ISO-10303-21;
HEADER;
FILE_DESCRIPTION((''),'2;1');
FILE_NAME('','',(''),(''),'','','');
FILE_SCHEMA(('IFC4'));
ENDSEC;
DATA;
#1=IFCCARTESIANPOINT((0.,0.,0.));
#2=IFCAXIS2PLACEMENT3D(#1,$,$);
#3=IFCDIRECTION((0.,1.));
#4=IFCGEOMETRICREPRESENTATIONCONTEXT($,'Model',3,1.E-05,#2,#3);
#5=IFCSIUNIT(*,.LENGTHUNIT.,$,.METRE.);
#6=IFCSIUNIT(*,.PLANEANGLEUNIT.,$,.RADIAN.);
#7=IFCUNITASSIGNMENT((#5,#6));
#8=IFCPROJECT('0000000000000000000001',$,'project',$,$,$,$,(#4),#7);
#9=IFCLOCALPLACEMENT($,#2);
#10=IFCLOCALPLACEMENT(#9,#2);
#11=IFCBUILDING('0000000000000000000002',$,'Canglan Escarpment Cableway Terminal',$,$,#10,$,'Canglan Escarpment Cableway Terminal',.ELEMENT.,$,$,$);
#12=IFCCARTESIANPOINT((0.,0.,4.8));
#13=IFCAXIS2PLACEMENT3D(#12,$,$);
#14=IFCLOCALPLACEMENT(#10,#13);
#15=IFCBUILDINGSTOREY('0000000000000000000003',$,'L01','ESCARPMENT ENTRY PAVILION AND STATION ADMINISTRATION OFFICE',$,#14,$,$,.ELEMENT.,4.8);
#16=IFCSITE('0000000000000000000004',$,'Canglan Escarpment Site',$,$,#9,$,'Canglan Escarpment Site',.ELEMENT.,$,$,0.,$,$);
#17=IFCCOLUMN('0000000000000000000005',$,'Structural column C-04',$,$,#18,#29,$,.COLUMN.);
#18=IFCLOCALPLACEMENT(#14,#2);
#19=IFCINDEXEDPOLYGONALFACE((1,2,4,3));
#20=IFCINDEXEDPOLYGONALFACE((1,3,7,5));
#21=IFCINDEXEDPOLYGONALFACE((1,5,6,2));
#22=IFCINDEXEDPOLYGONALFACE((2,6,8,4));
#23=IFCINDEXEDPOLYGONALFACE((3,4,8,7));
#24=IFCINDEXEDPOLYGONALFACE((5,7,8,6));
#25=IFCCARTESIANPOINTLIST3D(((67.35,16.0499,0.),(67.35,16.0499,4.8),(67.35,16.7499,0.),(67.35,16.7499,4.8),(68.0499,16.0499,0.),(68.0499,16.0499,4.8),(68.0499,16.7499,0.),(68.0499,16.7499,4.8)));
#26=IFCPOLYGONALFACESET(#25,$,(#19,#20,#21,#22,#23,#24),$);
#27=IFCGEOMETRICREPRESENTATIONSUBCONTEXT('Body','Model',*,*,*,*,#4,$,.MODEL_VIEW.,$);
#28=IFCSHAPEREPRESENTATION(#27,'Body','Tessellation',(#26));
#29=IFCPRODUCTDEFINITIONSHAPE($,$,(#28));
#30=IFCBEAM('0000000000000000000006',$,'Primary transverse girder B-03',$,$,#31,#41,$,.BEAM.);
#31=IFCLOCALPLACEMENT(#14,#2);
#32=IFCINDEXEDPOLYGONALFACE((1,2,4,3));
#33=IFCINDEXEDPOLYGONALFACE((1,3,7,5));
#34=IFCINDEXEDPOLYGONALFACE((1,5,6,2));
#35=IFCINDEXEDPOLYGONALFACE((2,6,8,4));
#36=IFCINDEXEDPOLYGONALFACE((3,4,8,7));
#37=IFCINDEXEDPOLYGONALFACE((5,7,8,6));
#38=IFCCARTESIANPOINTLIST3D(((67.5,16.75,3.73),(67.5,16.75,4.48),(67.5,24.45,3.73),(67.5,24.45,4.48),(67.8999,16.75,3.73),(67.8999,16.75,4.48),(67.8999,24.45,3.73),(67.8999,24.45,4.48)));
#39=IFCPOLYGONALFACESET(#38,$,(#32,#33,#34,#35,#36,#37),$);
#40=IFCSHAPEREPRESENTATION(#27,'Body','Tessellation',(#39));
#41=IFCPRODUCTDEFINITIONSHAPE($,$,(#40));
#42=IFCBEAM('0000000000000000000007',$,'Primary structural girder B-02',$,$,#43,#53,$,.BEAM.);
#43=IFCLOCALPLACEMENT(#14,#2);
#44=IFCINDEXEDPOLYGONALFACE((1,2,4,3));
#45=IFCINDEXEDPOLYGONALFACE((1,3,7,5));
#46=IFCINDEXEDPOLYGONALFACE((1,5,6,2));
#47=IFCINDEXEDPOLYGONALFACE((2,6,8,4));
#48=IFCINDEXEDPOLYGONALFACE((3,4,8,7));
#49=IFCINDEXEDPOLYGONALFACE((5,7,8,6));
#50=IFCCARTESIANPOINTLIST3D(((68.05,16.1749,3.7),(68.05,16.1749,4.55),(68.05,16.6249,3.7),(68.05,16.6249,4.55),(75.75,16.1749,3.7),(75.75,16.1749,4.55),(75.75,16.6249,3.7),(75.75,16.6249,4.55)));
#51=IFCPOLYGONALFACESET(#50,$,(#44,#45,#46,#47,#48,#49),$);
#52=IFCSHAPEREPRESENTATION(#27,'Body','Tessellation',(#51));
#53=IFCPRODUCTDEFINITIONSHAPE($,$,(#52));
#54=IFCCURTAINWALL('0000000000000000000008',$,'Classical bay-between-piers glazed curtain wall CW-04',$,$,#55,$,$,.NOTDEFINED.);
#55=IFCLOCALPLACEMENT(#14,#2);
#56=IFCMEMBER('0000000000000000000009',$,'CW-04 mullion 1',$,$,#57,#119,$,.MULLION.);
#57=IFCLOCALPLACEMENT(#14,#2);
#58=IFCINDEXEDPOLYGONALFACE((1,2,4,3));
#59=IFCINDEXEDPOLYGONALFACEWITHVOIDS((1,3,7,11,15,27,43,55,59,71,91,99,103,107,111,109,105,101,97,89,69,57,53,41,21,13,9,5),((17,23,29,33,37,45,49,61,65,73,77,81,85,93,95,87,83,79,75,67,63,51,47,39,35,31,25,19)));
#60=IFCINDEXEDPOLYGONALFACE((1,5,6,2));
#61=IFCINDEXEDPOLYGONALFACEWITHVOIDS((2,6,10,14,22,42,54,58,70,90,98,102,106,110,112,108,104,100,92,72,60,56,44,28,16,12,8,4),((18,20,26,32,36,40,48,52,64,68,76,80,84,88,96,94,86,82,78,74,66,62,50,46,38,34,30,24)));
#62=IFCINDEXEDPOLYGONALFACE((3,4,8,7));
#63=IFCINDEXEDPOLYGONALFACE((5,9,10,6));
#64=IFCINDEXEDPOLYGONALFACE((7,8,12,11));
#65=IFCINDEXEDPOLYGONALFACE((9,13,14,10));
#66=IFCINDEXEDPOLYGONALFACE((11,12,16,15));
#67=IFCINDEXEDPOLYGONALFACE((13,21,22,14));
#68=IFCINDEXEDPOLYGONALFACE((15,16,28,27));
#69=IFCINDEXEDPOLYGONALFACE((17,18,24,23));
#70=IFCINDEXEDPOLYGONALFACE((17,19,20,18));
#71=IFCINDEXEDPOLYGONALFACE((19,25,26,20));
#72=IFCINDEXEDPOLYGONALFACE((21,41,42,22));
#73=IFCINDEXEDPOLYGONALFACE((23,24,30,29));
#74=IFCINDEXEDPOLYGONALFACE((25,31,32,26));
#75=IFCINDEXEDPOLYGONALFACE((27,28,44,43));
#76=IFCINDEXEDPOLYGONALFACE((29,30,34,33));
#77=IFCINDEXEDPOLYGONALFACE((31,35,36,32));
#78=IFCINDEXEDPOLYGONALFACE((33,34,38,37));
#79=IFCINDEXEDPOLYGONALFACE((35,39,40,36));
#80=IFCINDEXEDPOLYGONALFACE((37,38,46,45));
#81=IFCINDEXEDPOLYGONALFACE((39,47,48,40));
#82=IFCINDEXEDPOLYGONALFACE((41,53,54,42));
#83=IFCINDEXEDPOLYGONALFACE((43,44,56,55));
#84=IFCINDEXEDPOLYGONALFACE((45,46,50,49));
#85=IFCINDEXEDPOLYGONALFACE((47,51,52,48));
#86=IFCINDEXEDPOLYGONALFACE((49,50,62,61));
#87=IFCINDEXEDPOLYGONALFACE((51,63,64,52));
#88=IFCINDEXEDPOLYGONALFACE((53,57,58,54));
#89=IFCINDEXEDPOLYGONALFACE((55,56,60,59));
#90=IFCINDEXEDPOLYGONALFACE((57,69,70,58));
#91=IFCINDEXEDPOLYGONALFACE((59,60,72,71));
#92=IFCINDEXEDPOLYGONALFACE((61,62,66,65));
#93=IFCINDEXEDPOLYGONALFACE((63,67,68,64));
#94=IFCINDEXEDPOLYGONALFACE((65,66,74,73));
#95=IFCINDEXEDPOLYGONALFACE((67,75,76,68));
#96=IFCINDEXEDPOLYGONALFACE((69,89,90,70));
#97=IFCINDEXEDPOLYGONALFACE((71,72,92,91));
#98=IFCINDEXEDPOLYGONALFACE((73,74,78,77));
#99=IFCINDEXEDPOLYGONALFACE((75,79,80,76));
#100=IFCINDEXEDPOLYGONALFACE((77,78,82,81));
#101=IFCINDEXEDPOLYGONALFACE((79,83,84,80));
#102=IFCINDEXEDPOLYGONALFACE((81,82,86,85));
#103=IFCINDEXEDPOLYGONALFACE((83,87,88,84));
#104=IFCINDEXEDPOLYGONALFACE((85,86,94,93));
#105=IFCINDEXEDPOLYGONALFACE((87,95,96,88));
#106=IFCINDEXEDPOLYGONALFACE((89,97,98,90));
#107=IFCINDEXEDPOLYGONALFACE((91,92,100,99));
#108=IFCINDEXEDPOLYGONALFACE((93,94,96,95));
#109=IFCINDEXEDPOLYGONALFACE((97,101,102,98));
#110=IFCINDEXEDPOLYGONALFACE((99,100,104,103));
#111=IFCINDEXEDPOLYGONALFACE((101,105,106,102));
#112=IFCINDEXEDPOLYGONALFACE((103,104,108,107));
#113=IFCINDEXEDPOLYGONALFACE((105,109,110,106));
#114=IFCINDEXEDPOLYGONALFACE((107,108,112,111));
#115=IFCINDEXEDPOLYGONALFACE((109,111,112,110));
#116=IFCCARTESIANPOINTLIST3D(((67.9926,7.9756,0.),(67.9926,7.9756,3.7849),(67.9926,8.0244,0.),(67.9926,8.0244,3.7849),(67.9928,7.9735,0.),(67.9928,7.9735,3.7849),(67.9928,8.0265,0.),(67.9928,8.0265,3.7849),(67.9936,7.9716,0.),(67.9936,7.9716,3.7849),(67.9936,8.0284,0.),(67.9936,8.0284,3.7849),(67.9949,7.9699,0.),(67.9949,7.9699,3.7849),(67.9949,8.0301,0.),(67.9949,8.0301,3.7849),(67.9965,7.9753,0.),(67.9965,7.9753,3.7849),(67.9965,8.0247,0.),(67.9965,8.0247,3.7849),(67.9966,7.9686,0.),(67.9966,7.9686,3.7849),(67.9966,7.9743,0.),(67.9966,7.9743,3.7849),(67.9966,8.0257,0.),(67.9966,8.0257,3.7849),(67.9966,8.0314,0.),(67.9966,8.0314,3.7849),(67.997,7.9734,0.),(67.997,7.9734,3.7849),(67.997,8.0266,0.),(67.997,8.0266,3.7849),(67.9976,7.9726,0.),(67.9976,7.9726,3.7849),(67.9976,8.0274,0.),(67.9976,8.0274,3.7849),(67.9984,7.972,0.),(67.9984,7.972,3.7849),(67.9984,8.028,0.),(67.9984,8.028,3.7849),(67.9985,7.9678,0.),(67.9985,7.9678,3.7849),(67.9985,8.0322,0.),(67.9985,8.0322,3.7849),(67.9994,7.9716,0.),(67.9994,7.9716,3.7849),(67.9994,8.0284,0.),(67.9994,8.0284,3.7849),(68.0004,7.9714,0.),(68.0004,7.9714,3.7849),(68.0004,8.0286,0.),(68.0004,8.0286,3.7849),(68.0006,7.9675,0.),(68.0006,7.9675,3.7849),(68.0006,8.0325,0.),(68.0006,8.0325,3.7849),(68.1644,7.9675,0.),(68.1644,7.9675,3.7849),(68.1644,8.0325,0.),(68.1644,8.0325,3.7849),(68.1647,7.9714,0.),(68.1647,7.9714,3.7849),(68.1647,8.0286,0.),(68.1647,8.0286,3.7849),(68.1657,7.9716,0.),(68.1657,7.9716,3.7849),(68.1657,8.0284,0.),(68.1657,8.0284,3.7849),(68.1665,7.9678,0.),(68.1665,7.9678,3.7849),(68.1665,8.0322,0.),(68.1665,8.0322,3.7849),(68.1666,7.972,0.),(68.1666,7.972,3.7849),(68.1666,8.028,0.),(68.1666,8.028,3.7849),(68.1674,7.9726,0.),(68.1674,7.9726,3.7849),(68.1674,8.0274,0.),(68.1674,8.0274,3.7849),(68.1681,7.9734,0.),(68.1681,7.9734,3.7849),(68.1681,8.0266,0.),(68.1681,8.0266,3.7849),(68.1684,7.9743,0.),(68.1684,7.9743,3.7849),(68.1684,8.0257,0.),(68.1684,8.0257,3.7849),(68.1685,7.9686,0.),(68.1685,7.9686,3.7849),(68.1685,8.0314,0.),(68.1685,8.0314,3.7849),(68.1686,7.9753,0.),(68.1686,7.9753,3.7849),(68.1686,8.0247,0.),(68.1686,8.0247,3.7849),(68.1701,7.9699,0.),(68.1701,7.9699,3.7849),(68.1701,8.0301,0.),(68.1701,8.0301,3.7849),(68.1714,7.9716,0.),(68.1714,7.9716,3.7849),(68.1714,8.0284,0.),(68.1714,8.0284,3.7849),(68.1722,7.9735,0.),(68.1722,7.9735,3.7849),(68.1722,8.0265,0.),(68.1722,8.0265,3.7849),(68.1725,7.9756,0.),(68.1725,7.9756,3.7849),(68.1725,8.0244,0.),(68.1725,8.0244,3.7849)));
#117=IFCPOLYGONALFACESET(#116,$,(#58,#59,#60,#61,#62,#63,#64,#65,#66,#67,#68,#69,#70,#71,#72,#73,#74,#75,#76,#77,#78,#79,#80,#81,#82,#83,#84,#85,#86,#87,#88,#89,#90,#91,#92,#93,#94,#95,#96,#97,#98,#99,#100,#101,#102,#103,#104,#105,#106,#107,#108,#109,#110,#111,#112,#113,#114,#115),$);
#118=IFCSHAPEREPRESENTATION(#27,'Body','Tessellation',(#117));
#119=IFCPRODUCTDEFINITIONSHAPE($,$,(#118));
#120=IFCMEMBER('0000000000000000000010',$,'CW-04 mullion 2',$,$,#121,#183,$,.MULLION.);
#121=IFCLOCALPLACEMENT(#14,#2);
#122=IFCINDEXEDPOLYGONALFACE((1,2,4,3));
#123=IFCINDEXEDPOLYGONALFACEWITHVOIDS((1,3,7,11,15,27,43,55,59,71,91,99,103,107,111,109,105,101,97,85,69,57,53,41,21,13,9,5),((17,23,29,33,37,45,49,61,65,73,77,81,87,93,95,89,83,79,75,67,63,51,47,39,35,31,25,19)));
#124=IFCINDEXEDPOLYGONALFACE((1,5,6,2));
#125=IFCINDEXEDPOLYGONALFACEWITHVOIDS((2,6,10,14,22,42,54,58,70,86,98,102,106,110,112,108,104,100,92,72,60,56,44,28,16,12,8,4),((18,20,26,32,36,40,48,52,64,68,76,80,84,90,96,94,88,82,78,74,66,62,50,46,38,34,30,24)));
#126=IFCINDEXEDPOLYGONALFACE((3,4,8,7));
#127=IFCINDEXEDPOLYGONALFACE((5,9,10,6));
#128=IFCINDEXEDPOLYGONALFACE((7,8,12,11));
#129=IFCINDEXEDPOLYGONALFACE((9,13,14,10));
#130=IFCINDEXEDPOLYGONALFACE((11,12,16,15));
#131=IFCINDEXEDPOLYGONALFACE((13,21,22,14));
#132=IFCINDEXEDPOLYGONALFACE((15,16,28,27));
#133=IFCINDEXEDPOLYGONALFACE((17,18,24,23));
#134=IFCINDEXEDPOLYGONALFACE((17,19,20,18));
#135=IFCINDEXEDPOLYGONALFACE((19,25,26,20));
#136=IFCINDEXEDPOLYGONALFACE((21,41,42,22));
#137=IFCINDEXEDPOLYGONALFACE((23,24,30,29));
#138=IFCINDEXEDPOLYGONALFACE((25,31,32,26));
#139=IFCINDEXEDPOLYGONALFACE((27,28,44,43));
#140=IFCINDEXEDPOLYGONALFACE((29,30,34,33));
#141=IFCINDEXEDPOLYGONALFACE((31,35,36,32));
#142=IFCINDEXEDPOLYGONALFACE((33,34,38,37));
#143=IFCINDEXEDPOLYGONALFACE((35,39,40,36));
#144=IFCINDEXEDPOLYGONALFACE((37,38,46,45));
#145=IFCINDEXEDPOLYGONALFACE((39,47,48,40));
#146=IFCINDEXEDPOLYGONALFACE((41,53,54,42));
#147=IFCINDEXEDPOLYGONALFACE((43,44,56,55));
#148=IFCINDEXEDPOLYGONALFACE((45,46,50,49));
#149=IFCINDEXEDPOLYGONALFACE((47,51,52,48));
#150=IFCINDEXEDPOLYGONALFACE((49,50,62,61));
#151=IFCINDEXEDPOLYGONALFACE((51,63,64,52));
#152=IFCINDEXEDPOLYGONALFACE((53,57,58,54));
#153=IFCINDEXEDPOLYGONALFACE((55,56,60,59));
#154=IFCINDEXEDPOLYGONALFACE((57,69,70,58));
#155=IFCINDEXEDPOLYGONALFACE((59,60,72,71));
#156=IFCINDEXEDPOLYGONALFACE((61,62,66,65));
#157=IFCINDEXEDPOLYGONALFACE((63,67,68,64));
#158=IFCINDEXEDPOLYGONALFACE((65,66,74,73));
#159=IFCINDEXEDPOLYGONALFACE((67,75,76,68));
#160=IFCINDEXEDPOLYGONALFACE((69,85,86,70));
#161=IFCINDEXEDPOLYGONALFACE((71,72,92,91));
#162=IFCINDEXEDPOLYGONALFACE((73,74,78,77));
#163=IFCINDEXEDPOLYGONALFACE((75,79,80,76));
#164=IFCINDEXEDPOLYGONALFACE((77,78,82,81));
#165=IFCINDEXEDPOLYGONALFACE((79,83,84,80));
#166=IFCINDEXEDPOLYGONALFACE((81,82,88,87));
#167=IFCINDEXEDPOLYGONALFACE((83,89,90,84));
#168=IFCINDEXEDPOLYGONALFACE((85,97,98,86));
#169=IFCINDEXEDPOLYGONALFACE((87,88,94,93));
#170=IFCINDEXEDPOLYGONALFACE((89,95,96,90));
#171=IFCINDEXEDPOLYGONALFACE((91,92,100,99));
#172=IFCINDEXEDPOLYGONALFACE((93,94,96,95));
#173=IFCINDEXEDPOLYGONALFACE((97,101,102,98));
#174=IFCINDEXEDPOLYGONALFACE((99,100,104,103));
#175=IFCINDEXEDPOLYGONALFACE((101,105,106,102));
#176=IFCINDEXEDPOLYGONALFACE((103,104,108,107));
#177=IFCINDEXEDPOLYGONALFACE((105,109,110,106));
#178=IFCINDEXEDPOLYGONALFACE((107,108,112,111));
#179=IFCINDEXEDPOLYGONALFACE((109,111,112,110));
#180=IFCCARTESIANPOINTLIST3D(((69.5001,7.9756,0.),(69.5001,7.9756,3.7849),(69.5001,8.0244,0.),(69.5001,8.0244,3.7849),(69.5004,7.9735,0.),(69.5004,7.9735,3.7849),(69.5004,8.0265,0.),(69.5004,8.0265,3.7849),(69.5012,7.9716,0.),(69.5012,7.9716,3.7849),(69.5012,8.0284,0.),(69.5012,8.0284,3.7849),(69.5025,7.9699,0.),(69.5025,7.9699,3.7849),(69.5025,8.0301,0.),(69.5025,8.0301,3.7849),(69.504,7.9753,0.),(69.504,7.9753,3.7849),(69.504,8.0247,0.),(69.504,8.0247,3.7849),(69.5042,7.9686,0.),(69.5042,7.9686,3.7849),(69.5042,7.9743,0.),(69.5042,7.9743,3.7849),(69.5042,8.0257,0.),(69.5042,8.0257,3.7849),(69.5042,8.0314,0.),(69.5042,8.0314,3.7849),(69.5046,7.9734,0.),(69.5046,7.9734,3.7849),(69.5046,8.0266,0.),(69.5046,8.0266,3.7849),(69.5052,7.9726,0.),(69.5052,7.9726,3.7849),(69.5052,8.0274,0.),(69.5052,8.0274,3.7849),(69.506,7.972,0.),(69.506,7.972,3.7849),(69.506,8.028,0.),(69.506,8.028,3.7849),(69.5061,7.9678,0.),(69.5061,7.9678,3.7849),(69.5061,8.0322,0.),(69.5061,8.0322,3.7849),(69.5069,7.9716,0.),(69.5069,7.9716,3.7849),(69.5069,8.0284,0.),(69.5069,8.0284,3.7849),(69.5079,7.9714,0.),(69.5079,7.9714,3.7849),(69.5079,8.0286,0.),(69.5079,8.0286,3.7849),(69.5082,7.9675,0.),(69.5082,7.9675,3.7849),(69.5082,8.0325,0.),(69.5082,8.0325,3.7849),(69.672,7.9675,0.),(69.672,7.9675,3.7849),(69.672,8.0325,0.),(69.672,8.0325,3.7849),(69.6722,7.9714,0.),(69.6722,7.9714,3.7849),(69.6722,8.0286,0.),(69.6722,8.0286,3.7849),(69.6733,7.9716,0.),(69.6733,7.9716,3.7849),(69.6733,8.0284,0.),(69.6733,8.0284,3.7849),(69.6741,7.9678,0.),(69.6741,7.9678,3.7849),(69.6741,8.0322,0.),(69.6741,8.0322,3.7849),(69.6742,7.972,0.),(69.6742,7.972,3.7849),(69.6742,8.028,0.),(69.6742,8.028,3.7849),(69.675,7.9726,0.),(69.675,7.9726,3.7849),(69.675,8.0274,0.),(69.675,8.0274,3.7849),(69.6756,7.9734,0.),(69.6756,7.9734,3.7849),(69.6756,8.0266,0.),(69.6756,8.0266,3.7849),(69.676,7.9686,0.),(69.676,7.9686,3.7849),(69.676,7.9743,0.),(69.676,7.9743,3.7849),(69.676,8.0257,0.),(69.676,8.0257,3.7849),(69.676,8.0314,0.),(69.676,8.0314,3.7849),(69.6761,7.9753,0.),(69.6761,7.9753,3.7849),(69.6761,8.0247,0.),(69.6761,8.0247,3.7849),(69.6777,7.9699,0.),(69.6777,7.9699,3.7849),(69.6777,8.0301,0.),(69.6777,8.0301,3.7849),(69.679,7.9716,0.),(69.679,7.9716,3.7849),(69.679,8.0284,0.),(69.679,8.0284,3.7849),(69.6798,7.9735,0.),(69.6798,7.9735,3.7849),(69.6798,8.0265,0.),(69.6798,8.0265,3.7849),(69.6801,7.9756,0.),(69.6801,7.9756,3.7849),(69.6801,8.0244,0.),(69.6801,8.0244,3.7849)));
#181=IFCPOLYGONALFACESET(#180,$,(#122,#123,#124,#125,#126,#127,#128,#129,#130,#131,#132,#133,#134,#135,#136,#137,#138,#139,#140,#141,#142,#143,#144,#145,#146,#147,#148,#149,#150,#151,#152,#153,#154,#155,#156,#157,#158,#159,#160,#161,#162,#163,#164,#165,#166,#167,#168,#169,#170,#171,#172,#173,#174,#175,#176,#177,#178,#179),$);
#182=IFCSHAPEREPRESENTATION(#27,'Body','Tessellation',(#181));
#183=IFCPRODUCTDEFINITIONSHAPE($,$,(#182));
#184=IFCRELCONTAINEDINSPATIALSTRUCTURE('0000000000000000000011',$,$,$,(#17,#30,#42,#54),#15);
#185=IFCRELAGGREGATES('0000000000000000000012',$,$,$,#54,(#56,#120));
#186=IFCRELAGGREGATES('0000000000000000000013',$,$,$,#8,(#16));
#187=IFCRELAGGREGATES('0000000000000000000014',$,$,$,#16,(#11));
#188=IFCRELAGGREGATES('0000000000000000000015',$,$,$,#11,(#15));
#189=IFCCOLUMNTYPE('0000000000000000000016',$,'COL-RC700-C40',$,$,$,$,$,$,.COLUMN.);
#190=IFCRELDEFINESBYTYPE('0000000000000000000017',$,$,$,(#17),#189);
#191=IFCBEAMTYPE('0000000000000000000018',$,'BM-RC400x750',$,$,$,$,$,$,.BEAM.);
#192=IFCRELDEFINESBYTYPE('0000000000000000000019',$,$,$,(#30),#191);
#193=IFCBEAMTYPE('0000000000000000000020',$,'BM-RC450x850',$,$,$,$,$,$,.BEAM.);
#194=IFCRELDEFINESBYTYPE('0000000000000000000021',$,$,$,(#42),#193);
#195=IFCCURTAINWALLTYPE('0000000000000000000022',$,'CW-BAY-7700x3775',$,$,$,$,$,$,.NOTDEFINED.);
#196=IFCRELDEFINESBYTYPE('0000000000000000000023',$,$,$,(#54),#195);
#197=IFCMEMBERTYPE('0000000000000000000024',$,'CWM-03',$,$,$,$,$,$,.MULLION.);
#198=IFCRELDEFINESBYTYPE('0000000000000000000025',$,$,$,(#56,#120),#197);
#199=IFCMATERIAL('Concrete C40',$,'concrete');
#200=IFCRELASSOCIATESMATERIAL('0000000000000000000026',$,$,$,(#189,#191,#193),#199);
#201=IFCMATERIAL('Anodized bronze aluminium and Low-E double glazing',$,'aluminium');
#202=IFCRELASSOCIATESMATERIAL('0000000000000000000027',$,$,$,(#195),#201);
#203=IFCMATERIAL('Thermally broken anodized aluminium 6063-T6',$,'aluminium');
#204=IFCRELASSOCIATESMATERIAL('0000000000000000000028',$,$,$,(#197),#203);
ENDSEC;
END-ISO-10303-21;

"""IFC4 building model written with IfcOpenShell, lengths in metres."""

from ifc_helpers import new_model, si_unit, direction, frame, origin, origin_2d, place, context, subcontext, project, spatial, rectangle, hollow_rectangle, extrude, material, material_profile, profile_set, type_object, element, aggregate, save


model = new_model("IFC4")

# Units and contexts
model_context = context("Model", 3, precision=1e-05, world=origin(), true_north=direction((0.0, 1.0)))
body_context = subcontext(model_context, "Body", "Model", "MODEL_VIEW")
ifc_project = project(units=[si_unit("LENGTHUNIT", "METRE"), si_unit("PLANEANGLEUNIT", "RADIAN")], contexts=[model_context])

# Site, building, storey
site_placement = place(None, origin())
site = spatial("IfcSite", under=ifc_project, at=site_placement, Name="Canglan Escarpment Site", LongName="Canglan Escarpment Site", CompositionType="ELEMENT", RefElevation=0.0)
building_placement = place(site_placement, origin())
building = spatial("IfcBuilding", under=site, at=building_placement, Name="Canglan Escarpment Cableway Terminal", LongName="Canglan Escarpment Cableway Terminal", CompositionType="ELEMENT")
storey_placement = place(building_placement, frame((0.0, 0.0, 4.8)))
storey = spatial("IfcBuildingStorey", under=building, at=storey_placement, Name="L01", Description="ESCARPMENT ENTRY PAVILION AND STATION ADMINISTRATION OFFICE", CompositionType="ELEMENT", Elevation=4.8)

# Column
ifc_material_1 = material(Name="Concrete C40", Category="concrete")
ifc_material_profile_1 = material_profile(ifc_material_1, rectangle(XDim=0.7, YDim=0.7, at=origin_2d()), Name="RC 700x700")
ifc_profile_set_1 = profile_set([ifc_material_profile_1], Name="Concrete C40")
column_type = type_object("IfcColumnType", Name="COL-RC700-C40", PredefinedType="COLUMN", material=ifc_profile_set_1)
column_placement = place(storey_placement, frame((67.7, 16.3999, 0.0), z_axis=(0.0, 0.0, 1.0), x_axis=(1.0, 0.0, 0.0)))
element("IfcColumn", 1, at=column_placement, inside=storey, type_object=column_type, Name="Structural column C-04", PredefinedType="COLUMN", context=body_context, shape_type="SweptSolid", body=[
    extrude(rectangle(XDim=0.7, YDim=0.7, at=origin_2d()), origin(), (0.0, 0.0, 1.0), 4.8),
])

# Beams
ifc_material_profile_2 = material_profile(ifc_material_1, rectangle(XDim=0.3999, YDim=0.75, at=origin_2d()), Name="RC 400x750")
ifc_profile_set_2 = profile_set([ifc_material_profile_2], Name="Concrete C40")
beam_type_1 = type_object("IfcBeamType", Name="BM-RC400x750", PredefinedType="BEAM", material=ifc_profile_set_2)
beam_1_placement = place(storey_placement, frame((67.7, 16.75, 4.105), z_axis=(0.0, 1.0, 0.0), x_axis=(-1.0, 0.0, 0.0)))
element("IfcBeam", 2, at=beam_1_placement, inside=storey, type_object=beam_type_1, Name="Primary transverse girder B-03", PredefinedType="BEAM", context=body_context, shape_type="SweptSolid", body=[
    extrude(rectangle(XDim=0.3999, YDim=0.75, at=origin_2d()), origin(), (0.0, 0.0, 1.0), 7.7),
])
ifc_material_profile_3 = material_profile(ifc_material_1, rectangle(XDim=0.45, YDim=0.8501, at=origin_2d()), Name="RC 450x850")
ifc_profile_set_3 = profile_set([ifc_material_profile_3], Name="Concrete C40")
beam_type_2 = type_object("IfcBeamType", Name="BM-RC450x850", PredefinedType="BEAM", material=ifc_profile_set_3)
beam_2_placement = place(storey_placement, frame((68.05, 16.3999, 4.125), z_axis=(1.0, 0.0, 0.0), x_axis=(0.0, 1.0, 0.0)))
element("IfcBeam", 3, at=beam_2_placement, inside=storey, type_object=beam_type_2, Name="Primary structural girder B-02", PredefinedType="BEAM", context=body_context, shape_type="SweptSolid", body=[
    extrude(rectangle(XDim=0.45, YDim=0.8501, at=origin_2d()), origin(), (0.0, 0.0, 1.0), 7.7),
])

# Curtain wall, members
ifc_material_2 = material(Name="Anodized bronze aluminium and Low-E double glazing", Category="aluminium")
curtain_wall_type = type_object("IfcCurtainWallType", Name="CW-BAY-7700x3775", PredefinedType="NOTDEFINED", material=ifc_material_2)
curtain_wall_placement = place(storey_placement, origin())
curtain_wall = element("IfcCurtainWall", 4, at=curtain_wall_placement, inside=storey, type_object=curtain_wall_type, Name="Classical bay-between-piers glazed curtain wall CW-04", PredefinedType="NOTDEFINED")
ifc_material_3 = material(Name="Thermally broken anodized aluminium 6063-T6", Category="aluminium")
ifc_material_profile_4 = material_profile(ifc_material_3, hollow_rectangle(XDim=0.0649, YDim=0.1799, WallThickness=0.0039, InnerFilletRadius=0.0039, OuterFilletRadius=0.0081, at=origin_2d()), Name="ALU-MULL 65x180x4")
ifc_profile_set_4 = profile_set([ifc_material_profile_4], Name="Thermally broken anodized aluminium 6063-T6")
member_type_1 = type_object("IfcMemberType", Name="CWM-03", PredefinedType="MULLION", material=ifc_profile_set_4)
member_1_placement = place(storey_placement, frame((68.0825, 8.0, 0.0), z_axis=(0.0, 0.0, 1.0), x_axis=(0.0, 1.0, 0.0)))
member_1 = element("IfcMember", 5, at=member_1_placement, type_object=member_type_1, Name="CW-04 mullion 1", PredefinedType="MULLION", context=body_context, shape_type="SweptSolid", body=[
    extrude(hollow_rectangle(XDim=0.0649, YDim=0.1799, WallThickness=0.0039, InnerFilletRadius=0.0039, OuterFilletRadius=0.0081, at=origin_2d()), origin(), (0.0, 0.0, 1.0), 3.7849),
])
member_2_placement = place(storey_placement, frame((69.5901, 8.0, 0.0), z_axis=(0.0, 0.0, 1.0), x_axis=(0.0, 1.0, 0.0)))
member_2 = element("IfcMember", 6, at=member_2_placement, type_object=member_type_1, Name="CW-04 mullion 2", PredefinedType="MULLION", context=body_context, shape_type="SweptSolid", body=[
    extrude(hollow_rectangle(XDim=0.0649, YDim=0.1799, WallThickness=0.0039, InnerFilletRadius=0.0039, OuterFilletRadius=0.0081, at=origin_2d()), origin(), (0.0, 0.0, 1.0), 3.7849),
])

aggregate(curtain_wall, [member_1, member_2])

save(model, "model.ifc")
